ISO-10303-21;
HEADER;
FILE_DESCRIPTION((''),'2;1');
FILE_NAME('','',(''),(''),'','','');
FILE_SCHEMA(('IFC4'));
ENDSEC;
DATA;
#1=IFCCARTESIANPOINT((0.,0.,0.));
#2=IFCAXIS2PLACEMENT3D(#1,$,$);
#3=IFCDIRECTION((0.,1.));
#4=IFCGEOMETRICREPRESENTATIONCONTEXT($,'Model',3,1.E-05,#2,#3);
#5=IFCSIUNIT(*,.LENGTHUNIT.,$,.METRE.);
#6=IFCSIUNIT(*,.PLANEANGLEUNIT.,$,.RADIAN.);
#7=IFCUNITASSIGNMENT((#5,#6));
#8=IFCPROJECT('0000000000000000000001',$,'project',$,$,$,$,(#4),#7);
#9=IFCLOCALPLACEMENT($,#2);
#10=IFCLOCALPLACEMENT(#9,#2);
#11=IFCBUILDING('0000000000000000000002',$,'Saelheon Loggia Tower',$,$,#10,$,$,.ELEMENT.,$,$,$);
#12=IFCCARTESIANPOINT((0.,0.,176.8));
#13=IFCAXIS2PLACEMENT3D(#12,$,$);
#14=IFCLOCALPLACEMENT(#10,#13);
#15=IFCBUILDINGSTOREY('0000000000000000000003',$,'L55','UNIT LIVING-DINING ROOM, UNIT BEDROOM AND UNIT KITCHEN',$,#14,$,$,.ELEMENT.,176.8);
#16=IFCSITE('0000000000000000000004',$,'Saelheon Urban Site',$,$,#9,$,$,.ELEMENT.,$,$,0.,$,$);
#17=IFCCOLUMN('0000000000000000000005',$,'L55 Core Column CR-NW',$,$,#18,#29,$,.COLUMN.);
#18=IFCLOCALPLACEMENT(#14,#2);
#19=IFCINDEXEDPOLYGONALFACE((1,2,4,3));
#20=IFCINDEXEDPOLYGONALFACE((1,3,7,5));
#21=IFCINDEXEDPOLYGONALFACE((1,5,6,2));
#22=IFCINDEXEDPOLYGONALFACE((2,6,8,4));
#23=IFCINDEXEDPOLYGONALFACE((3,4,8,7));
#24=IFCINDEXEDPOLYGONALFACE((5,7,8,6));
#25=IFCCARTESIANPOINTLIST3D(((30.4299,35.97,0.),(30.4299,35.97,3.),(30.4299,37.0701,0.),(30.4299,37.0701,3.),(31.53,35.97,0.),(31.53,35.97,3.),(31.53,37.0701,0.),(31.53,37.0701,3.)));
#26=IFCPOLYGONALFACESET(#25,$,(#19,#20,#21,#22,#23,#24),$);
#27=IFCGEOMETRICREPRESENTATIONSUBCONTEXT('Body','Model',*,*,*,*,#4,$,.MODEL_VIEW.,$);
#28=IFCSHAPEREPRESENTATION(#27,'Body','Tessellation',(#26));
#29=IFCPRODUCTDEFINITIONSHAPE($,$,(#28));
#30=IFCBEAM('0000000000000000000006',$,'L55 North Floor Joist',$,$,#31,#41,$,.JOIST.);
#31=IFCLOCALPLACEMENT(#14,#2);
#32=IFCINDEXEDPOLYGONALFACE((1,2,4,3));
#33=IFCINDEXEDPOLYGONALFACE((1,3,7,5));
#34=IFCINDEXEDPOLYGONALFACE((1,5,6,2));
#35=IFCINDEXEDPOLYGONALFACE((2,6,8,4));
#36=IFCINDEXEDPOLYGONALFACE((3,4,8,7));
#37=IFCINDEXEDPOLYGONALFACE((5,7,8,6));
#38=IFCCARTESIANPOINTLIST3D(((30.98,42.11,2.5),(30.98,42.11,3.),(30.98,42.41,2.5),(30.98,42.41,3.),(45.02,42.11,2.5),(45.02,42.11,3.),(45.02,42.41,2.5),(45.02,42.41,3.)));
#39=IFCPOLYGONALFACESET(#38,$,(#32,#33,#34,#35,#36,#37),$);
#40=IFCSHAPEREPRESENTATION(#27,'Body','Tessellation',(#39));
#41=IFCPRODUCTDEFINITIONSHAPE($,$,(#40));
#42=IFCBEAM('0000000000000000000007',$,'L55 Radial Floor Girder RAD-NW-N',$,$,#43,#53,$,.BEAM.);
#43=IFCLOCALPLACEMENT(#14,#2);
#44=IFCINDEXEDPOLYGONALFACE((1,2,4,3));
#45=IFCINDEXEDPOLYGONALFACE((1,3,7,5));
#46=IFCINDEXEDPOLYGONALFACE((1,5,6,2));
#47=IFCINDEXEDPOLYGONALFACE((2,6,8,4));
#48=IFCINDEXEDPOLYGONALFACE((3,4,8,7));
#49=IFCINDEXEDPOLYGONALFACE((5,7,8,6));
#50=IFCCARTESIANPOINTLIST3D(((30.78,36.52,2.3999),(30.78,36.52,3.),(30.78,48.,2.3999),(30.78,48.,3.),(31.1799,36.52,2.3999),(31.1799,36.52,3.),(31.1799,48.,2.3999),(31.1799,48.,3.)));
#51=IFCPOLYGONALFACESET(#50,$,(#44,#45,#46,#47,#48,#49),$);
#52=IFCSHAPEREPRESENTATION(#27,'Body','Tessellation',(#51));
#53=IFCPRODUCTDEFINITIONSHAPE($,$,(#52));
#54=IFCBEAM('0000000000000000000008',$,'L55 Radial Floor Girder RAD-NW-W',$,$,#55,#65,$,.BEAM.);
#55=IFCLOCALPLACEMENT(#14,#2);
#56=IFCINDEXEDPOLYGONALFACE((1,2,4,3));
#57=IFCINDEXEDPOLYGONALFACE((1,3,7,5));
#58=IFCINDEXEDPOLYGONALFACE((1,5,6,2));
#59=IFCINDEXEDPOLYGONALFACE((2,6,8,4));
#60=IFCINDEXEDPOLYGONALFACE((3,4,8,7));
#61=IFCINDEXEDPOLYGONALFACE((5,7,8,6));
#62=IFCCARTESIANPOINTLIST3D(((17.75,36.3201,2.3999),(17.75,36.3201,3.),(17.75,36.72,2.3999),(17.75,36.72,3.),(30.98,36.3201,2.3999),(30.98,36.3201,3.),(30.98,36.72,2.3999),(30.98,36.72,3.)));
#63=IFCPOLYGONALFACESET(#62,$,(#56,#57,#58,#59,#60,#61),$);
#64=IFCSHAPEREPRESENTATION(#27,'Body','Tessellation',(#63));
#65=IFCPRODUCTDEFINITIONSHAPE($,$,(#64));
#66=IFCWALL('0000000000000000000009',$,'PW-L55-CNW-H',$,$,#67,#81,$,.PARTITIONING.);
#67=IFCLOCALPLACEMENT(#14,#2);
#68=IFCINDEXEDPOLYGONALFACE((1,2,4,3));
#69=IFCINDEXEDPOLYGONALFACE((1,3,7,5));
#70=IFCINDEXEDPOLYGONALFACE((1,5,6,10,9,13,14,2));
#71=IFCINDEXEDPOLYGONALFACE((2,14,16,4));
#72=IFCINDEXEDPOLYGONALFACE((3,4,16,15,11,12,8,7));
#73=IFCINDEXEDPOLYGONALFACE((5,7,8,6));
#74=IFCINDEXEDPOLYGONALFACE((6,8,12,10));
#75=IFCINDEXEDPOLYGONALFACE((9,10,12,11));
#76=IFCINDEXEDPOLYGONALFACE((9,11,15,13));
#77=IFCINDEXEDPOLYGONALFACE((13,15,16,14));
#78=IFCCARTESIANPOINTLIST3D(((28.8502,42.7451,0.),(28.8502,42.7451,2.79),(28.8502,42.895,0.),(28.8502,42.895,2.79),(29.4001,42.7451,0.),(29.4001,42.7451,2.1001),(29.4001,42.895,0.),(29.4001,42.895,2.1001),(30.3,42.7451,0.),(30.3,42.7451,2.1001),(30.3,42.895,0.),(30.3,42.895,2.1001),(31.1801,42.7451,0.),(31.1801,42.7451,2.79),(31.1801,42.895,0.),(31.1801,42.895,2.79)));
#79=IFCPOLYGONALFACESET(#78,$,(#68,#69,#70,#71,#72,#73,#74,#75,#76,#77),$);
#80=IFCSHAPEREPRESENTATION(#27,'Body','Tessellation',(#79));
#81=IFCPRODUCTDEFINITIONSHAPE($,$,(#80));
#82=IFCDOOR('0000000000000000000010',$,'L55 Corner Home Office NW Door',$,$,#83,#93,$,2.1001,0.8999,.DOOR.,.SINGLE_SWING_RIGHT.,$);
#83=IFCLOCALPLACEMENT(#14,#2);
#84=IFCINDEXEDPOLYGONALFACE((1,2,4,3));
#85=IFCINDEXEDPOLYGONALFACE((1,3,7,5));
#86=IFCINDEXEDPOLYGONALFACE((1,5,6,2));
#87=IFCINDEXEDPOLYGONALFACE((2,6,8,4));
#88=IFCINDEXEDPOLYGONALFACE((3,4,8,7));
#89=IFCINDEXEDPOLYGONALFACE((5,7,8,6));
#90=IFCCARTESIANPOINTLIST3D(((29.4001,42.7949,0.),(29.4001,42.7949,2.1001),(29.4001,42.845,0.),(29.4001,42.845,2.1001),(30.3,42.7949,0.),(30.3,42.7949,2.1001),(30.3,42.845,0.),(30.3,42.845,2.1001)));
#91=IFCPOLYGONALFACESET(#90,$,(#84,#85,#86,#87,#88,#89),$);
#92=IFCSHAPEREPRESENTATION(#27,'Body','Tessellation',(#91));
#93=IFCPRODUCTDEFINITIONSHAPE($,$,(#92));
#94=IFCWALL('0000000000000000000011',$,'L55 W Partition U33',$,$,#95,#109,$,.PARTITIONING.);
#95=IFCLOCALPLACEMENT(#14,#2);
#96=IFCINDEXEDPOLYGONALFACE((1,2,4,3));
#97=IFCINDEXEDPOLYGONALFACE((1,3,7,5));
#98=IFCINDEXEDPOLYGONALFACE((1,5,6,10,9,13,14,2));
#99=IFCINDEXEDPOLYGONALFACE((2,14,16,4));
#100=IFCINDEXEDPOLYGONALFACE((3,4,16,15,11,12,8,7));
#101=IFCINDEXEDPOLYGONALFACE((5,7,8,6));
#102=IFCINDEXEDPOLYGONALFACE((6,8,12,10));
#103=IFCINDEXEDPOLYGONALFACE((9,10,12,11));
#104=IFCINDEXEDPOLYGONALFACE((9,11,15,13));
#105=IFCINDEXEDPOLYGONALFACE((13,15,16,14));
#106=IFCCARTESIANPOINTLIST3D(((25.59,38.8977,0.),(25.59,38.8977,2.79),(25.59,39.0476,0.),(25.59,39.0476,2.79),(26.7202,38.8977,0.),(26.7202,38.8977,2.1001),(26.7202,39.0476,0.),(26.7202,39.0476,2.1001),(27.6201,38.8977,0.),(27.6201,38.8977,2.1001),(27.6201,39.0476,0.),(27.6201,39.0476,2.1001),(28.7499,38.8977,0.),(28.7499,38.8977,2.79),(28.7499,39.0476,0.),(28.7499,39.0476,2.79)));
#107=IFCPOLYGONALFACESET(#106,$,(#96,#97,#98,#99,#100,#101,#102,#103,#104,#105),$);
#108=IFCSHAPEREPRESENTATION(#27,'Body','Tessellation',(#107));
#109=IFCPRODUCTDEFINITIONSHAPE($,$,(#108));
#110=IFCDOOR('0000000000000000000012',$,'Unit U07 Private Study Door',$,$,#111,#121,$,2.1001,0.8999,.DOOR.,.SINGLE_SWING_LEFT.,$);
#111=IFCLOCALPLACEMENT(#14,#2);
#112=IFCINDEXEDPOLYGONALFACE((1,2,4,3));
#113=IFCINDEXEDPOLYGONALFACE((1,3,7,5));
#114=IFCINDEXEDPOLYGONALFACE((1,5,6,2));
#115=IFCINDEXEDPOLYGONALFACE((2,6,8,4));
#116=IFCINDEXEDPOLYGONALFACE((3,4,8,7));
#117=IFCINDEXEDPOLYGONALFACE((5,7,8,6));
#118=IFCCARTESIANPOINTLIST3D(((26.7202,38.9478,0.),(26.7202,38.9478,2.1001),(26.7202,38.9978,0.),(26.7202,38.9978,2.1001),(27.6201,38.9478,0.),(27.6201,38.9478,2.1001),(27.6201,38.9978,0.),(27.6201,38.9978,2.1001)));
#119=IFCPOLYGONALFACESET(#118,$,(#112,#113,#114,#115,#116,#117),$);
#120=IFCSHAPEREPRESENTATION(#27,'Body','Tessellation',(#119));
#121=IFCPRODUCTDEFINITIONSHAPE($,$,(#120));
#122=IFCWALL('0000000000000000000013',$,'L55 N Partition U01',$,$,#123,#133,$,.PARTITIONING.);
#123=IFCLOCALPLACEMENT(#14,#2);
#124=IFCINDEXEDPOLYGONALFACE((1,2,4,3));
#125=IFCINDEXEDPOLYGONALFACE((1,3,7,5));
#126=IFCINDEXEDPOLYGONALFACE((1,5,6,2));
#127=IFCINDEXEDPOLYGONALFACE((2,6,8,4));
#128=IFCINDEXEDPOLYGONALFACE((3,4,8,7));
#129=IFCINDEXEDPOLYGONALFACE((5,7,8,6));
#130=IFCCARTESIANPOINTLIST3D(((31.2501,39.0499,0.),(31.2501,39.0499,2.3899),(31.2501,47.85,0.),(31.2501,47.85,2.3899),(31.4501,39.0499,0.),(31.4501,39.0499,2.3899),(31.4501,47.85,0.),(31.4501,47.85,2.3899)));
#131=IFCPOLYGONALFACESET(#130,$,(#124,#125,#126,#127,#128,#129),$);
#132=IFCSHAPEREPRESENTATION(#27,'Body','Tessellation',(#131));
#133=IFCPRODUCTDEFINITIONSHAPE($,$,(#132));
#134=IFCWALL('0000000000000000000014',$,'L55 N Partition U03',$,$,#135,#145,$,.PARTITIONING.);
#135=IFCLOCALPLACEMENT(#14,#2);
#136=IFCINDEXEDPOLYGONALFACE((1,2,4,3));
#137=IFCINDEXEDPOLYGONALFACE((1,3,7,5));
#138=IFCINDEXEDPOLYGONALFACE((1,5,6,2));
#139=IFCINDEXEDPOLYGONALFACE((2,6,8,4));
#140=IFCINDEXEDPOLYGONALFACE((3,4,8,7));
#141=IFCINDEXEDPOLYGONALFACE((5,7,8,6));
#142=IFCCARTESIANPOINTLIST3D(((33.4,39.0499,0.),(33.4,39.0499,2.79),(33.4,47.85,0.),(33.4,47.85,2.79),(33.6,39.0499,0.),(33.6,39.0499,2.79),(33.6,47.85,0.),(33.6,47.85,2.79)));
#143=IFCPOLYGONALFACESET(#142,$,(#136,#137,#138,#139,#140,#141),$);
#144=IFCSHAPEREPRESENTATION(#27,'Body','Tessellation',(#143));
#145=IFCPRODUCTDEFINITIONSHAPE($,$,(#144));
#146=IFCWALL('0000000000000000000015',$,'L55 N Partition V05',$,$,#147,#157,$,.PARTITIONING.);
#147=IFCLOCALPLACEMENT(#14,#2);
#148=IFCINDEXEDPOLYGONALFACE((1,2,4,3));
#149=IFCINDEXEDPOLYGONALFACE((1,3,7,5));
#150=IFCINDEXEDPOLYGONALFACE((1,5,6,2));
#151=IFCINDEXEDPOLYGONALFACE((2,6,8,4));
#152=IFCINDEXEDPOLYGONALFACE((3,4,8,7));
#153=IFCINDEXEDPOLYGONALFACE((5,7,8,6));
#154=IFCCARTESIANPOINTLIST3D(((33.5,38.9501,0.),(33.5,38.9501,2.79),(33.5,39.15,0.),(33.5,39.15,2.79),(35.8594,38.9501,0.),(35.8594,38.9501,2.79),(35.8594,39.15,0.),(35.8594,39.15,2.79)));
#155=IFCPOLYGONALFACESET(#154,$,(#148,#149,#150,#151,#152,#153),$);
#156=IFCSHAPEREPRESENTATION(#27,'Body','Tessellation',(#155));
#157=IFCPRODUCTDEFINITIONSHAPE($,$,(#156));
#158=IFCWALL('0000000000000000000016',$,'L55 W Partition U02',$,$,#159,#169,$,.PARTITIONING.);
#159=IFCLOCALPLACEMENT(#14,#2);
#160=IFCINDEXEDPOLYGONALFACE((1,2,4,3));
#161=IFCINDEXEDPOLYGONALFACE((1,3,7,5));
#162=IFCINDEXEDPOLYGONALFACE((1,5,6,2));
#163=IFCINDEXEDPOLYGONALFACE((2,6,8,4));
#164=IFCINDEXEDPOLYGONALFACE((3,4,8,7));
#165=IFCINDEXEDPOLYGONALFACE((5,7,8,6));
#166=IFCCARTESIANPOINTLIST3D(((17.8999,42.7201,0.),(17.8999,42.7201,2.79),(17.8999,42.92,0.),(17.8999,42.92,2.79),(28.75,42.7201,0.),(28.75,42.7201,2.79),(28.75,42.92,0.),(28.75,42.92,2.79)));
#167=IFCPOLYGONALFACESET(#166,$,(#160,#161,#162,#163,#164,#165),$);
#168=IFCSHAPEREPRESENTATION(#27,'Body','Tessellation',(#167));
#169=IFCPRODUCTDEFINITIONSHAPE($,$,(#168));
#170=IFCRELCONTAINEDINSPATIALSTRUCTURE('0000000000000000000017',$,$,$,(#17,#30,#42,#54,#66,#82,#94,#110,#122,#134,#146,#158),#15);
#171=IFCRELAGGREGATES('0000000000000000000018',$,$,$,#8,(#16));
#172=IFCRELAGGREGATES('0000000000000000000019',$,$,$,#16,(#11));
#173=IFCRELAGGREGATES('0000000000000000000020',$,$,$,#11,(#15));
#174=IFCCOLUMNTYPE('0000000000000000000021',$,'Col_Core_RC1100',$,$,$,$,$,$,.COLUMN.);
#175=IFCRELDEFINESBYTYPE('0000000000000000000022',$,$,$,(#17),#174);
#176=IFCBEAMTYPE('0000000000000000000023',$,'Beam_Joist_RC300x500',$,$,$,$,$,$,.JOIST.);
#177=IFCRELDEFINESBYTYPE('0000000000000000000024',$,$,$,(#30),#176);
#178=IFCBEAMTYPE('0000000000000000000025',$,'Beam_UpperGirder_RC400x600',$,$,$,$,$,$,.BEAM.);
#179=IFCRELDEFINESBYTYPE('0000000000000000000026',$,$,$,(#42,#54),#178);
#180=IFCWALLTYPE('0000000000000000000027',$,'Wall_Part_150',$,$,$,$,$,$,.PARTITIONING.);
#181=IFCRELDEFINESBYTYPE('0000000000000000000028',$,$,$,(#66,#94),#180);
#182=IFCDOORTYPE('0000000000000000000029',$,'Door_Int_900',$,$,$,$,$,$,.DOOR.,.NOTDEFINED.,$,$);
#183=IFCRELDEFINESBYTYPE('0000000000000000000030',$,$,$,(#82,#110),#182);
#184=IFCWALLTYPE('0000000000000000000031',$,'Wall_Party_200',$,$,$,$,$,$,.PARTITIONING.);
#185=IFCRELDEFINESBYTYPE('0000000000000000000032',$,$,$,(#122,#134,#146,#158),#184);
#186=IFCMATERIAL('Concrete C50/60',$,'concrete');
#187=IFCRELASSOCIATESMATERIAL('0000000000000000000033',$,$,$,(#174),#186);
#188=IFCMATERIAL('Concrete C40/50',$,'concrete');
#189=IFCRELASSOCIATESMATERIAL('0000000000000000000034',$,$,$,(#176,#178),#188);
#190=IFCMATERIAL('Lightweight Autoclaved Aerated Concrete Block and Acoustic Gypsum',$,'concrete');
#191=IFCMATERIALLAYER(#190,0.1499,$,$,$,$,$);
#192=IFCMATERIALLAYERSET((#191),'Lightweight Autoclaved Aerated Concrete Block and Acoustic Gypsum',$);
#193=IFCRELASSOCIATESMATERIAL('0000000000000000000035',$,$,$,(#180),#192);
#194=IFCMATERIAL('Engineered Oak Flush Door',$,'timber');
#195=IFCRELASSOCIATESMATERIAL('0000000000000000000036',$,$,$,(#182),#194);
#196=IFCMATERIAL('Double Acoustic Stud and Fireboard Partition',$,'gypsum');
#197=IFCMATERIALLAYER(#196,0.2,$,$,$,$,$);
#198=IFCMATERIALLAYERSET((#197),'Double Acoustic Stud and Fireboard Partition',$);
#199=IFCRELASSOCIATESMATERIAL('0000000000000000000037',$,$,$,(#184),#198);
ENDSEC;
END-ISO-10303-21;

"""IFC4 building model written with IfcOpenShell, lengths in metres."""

from ifc_helpers import new_model, si_unit, direction, frame, frame_2d, origin, origin_2d, place, context, subcontext, project, spatial, rectangle, extrude, source, transform, mapped, material, layer, layer_set, material_profile, profile_set, type_object, element, fill, save


model = new_model("IFC4")

# Units and contexts
model_context = context("Model", 3, precision=1e-05, world=origin(), true_north=direction((0.0, 1.0)))
body_context = subcontext(model_context, "Body", "Model", "MODEL_VIEW")
ifc_project = project(units=[si_unit("LENGTHUNIT", "METRE"), si_unit("PLANEANGLEUNIT", "RADIAN")], contexts=[model_context])

# Site, building, storey
site_placement = place(None, origin())
site = spatial("IfcSite", under=ifc_project, at=site_placement, Name="Saelheon Urban Site", CompositionType="ELEMENT", RefElevation=0.0)
building_placement = place(site_placement, origin())
building = spatial("IfcBuilding", under=site, at=building_placement, Name="Saelheon Loggia Tower", CompositionType="ELEMENT")
storey_placement = place(building_placement, frame((0.0, 0.0, 176.8)))
storey = spatial("IfcBuildingStorey", under=building, at=storey_placement, Name="L55", Description="UNIT LIVING-DINING ROOM, UNIT BEDROOM AND UNIT KITCHEN", CompositionType="ELEMENT", Elevation=176.8)

# Column
ifc_material_1 = material(Name="Concrete C50/60", Category="concrete")
ifc_material_profile_1 = material_profile(ifc_material_1, rectangle(XDim=1.1001, YDim=1.1001, at=origin_2d()), Name="RC-1100x1100")
ifc_profile_set_1 = profile_set([ifc_material_profile_1], Name="Concrete C50/60")
column_type = type_object("IfcColumnType", Name="Col_Core_RC1100", PredefinedType="COLUMN", material=ifc_profile_set_1)
shared_shape_1 = source(origin(), body_context, "Body", "SweptSolid", [
    extrude(rectangle(XDim=1.1001, YDim=1.1001, at=origin_2d()), origin(), (0.0, 0.0, 1.0), 3.0),
])
column_placement = place(storey_placement, frame((30.98, 36.52, 0.0), z_axis=(0.0, 0.0, 1.0), x_axis=(1.0, 0.0, 0.0)))
element("IfcColumn", 1, at=column_placement, inside=storey, type_object=column_type, Name="L55 Core Column CR-NW", PredefinedType="COLUMN", context=body_context, shape_type="MappedRepresentation", body=[
    mapped(shared_shape_1, transform((0.0, 0.0, 0.0), scale=1.0)),
])

# Beams
ifc_material_2 = material(Name="Concrete C40/50", Category="concrete")
ifc_material_profile_2 = material_profile(ifc_material_2, rectangle(XDim=0.3, YDim=0.5, at=origin_2d()), Name="RC-300x500")
ifc_profile_set_2 = profile_set([ifc_material_profile_2], Name="Concrete C40/50")
beam_type_1 = type_object("IfcBeamType", Name="Beam_Joist_RC300x500", PredefinedType="JOIST", material=ifc_profile_set_2)
shared_shape_2 = source(origin(), body_context, "Body", "SweptSolid", [
    extrude(rectangle(XDim=0.3, YDim=0.5, at=origin_2d()), origin(), (0.0, 0.0, 1.0), 14.04),
])
beam_1_placement = place(storey_placement, frame((30.98, 42.26, 2.75), z_axis=(1.0, 0.0, 0.0), x_axis=(0.0, 1.0, 0.0)))
element("IfcBeam", 2, at=beam_1_placement, inside=storey, type_object=beam_type_1, Name="L55 North Floor Joist", PredefinedType="JOIST", context=body_context, shape_type="MappedRepresentation", body=[
    mapped(shared_shape_2, transform((0.0, 0.0, 0.0), scale=1.0)),
])
ifc_material_profile_3 = material_profile(ifc_material_2, rectangle(XDim=0.3999, YDim=0.6001, at=origin_2d()), Name="RC-400x600")
ifc_profile_set_3 = profile_set([ifc_material_profile_3], Name="Concrete C40/50")
beam_type_2 = type_object("IfcBeamType", Name="Beam_UpperGirder_RC400x600", PredefinedType="BEAM", material=ifc_profile_set_3)
shared_shape_3 = source(origin(), body_context, "Body", "SweptSolid", [
    extrude(rectangle(XDim=0.3999, YDim=0.6001, at=origin_2d()), origin(), (0.0, 0.0, 1.0), 11.48),
])
beam_2_placement = place(storey_placement, frame((30.98, 36.52, 2.7), z_axis=(0.0, 1.0, 0.0), x_axis=(-1.0, 0.0, 0.0)))
element("IfcBeam", 3, at=beam_2_placement, inside=storey, type_object=beam_type_2, Name="L55 Radial Floor Girder RAD-NW-N", PredefinedType="BEAM", context=body_context, shape_type="MappedRepresentation", body=[
    mapped(shared_shape_3, transform((0.0, 0.0, 0.0), scale=1.0)),
])
shared_shape_4 = source(origin(), body_context, "Body", "SweptSolid", [
    extrude(rectangle(XDim=0.3999, YDim=0.6001, at=origin_2d()), origin(), (0.0, 0.0, 1.0), 13.23),
])
beam_3_placement = place(storey_placement, frame((30.98, 36.52, 2.7), z_axis=(-1.0, 0.0, 0.0), x_axis=(0.0, -1.0, 0.0)))
element("IfcBeam", 4, at=beam_3_placement, inside=storey, type_object=beam_type_2, Name="L55 Radial Floor Girder RAD-NW-W", PredefinedType="BEAM", context=body_context, shape_type="MappedRepresentation", body=[
    mapped(shared_shape_4, transform((0.0, 0.0, 0.0), scale=1.0)),
])

# Walls, openings, doors
ifc_material_3 = material(Name="Lightweight Autoclaved Aerated Concrete Block and Acoustic Gypsum", Category="concrete")
ifc_layer_1 = layer(ifc_material_3, 0.1499)
ifc_layer_set_1 = layer_set([ifc_layer_1], Name="Lightweight Autoclaved Aerated Concrete Block and Acoustic Gypsum")
wall_type_1 = type_object("IfcWallType", Name="Wall_Part_150", PredefinedType="PARTITIONING", material=ifc_layer_set_1)
wall_1_placement = place(storey_placement, frame((28.8501, 42.8201, 0.0), z_axis=(0.0, 0.0, 1.0), x_axis=(1.0, 0.0, 0.0)))
wall_1 = element("IfcWall", 5, at=wall_1_placement, inside=storey, type_object=wall_type_1, Name="PW-L55-CNW-H", PredefinedType="PARTITIONING", context=body_context, shape_type="SweptSolid", body=[
    extrude(rectangle(XDim=2.3298, YDim=0.1499, at=frame_2d((1.165, 0.0))), origin(), (0.0, 0.0, 1.0), 2.79),
])
opening_1_placement = place(wall_1_placement, frame((0.55, 0.0, 0.0)))
opening_1 = element("IfcOpeningElement", 6, at=opening_1_placement, cuts=wall_1, PredefinedType="OPENING", context=body_context, shape_type="SweptSolid", body=[
    extrude(rectangle(XDim=0.8999, YDim=2.1001, at=frame_2d((0.45, 1.05))), frame((0.0, 0.0869, 0.0), z_axis=(0.0, -1.0, 0.0), x_axis=(1.0, 0.0, 0.0)), (0.0, 0.0, 1.0), 0.1738),
])
ifc_material_4 = material(Name="Engineered Oak Flush Door", Category="timber")
door_type_1 = type_object("IfcDoorType", Name="Door_Int_900", OperationType="NOTDEFINED", PredefinedType="DOOR", material=ifc_material_4)
shared_shape_5 = source(origin(), body_context, "Body", "SweptSolid", [
    extrude(rectangle(XDim=0.8999, YDim=2.1001, at=frame_2d((0.45, 1.05))), frame((0.0, 0.0249, 0.0), z_axis=(0.0, -1.0, 0.0), x_axis=(1.0, 0.0, 0.0)), (0.0, 0.0, 1.0), 0.05),
])
door_1_placement = place(opening_1_placement, origin())
door_1 = element("IfcDoor", 7, at=door_1_placement, inside=storey, type_object=door_type_1, Name="L55 Corner Home Office NW Door", OperationType="SINGLE_SWING_RIGHT", OverallHeight=2.1001, OverallWidth=0.8999, PredefinedType="DOOR", context=body_context, shape_type="MappedRepresentation", body=[
    mapped(shared_shape_5, transform((0.0, 0.0, 0.0), scale=1.0)),
])
fill(opening_1, door_1)
wall_2_placement = place(storey_placement, frame((28.75, 38.9727, 0.0), z_axis=(0.0, 0.0, 1.0), x_axis=(-1.0, 0.0, 0.0)))
wall_2 = element("IfcWall", 8, at=wall_2_placement, inside=storey, type_object=wall_type_1, Name="L55 W Partition U33", PredefinedType="PARTITIONING", context=body_context, shape_type="SweptSolid", body=[
    extrude(rectangle(XDim=3.1599, YDim=0.1499, at=frame_2d((1.5801, 0.0))), origin(), (0.0, 0.0, 1.0), 2.79),
])
opening_2_placement = place(wall_2_placement, frame((1.1299, 0.0, 0.0)))
opening_2 = element("IfcOpeningElement", 9, at=opening_2_placement, cuts=wall_2, PredefinedType="OPENING", context=body_context, shape_type="SweptSolid", body=[
    extrude(rectangle(XDim=0.8999, YDim=2.1001, at=frame_2d((0.45, 1.05))), frame((0.0, 0.0869, 0.0), z_axis=(0.0, -1.0, 0.0), x_axis=(1.0, 0.0, 0.0)), (0.0, 0.0, 1.0), 0.1738),
])
door_2_placement = place(opening_2_placement, origin())
door_2 = element("IfcDoor", 10, at=door_2_placement, inside=storey, type_object=door_type_1, Name="Unit U07 Private Study Door", OperationType="SINGLE_SWING_LEFT", OverallHeight=2.1001, OverallWidth=0.8999, PredefinedType="DOOR", context=body_context, shape_type="MappedRepresentation", body=[
    mapped(shared_shape_5, transform((0.0, 0.0, 0.0), scale=1.0)),
])
fill(opening_2, door_2)

# Walls
ifc_material_5 = material(Name="Double Acoustic Stud and Fireboard Partition", Category="gypsum")
ifc_layer_2 = layer(ifc_material_5, 0.2)
ifc_layer_set_2 = layer_set([ifc_layer_2], Name="Double Acoustic Stud and Fireboard Partition")
wall_type_2 = type_object("IfcWallType", Name="Wall_Party_200", PredefinedType="PARTITIONING", material=ifc_layer_set_2)
wall_3_placement = place(storey_placement, frame((31.3501, 39.05, 0.0), z_axis=(0.0, 0.0, 1.0), x_axis=(0.0, 1.0, 0.0)))
element("IfcWall", 11, at=wall_3_placement, inside=storey, type_object=wall_type_2, Name="L55 N Partition U01", PredefinedType="PARTITIONING", context=body_context, shape_type="SweptSolid", body=[
    extrude(rectangle(XDim=8.8, YDim=0.2, at=frame_2d((4.3999, 0.0))), origin(), (0.0, 0.0, 1.0), 2.3899),
])
wall_4_placement = place(storey_placement, frame((33.5, 39.05, 0.0), z_axis=(0.0, 0.0, 1.0), x_axis=(0.0, 1.0, 0.0)))
element("IfcWall", 12, at=wall_4_placement, inside=storey, type_object=wall_type_2, Name="L55 N Partition U03", PredefinedType="PARTITIONING", context=body_context, shape_type="SweptSolid", body=[
    extrude(rectangle(XDim=8.8, YDim=0.2, at=frame_2d((4.3999, 0.0))), origin(), (0.0, 0.0, 1.0), 2.79),
])
wall_5_placement = place(storey_placement, frame((33.5, 39.05, 0.0), z_axis=(0.0, 0.0, 1.0), x_axis=(1.0, 0.0, 0.0)))
element("IfcWall", 13, at=wall_5_placement, inside=storey, type_object=wall_type_2, Name="L55 N Partition V05", PredefinedType="PARTITIONING", context=body_context, shape_type="SweptSolid", body=[
    extrude(rectangle(XDim=2.3594, YDim=0.2, at=frame_2d((1.1797, 0.0))), origin(), (0.0, 0.0, 1.0), 2.79),
])
wall_6_placement = place(storey_placement, frame((28.75, 42.8201, 0.0), z_axis=(0.0, 0.0, 1.0), x_axis=(-1.0, 0.0, 0.0)))
element("IfcWall", 14, at=wall_6_placement, inside=storey, type_object=wall_type_2, Name="L55 W Partition U02", PredefinedType="PARTITIONING", context=body_context, shape_type="SweptSolid", body=[
    extrude(rectangle(XDim=10.8501, YDim=0.2, at=frame_2d((5.425, 0.0))), origin(), (0.0, 0.0, 1.0), 2.79),
])

save(model, "model.ifc")
